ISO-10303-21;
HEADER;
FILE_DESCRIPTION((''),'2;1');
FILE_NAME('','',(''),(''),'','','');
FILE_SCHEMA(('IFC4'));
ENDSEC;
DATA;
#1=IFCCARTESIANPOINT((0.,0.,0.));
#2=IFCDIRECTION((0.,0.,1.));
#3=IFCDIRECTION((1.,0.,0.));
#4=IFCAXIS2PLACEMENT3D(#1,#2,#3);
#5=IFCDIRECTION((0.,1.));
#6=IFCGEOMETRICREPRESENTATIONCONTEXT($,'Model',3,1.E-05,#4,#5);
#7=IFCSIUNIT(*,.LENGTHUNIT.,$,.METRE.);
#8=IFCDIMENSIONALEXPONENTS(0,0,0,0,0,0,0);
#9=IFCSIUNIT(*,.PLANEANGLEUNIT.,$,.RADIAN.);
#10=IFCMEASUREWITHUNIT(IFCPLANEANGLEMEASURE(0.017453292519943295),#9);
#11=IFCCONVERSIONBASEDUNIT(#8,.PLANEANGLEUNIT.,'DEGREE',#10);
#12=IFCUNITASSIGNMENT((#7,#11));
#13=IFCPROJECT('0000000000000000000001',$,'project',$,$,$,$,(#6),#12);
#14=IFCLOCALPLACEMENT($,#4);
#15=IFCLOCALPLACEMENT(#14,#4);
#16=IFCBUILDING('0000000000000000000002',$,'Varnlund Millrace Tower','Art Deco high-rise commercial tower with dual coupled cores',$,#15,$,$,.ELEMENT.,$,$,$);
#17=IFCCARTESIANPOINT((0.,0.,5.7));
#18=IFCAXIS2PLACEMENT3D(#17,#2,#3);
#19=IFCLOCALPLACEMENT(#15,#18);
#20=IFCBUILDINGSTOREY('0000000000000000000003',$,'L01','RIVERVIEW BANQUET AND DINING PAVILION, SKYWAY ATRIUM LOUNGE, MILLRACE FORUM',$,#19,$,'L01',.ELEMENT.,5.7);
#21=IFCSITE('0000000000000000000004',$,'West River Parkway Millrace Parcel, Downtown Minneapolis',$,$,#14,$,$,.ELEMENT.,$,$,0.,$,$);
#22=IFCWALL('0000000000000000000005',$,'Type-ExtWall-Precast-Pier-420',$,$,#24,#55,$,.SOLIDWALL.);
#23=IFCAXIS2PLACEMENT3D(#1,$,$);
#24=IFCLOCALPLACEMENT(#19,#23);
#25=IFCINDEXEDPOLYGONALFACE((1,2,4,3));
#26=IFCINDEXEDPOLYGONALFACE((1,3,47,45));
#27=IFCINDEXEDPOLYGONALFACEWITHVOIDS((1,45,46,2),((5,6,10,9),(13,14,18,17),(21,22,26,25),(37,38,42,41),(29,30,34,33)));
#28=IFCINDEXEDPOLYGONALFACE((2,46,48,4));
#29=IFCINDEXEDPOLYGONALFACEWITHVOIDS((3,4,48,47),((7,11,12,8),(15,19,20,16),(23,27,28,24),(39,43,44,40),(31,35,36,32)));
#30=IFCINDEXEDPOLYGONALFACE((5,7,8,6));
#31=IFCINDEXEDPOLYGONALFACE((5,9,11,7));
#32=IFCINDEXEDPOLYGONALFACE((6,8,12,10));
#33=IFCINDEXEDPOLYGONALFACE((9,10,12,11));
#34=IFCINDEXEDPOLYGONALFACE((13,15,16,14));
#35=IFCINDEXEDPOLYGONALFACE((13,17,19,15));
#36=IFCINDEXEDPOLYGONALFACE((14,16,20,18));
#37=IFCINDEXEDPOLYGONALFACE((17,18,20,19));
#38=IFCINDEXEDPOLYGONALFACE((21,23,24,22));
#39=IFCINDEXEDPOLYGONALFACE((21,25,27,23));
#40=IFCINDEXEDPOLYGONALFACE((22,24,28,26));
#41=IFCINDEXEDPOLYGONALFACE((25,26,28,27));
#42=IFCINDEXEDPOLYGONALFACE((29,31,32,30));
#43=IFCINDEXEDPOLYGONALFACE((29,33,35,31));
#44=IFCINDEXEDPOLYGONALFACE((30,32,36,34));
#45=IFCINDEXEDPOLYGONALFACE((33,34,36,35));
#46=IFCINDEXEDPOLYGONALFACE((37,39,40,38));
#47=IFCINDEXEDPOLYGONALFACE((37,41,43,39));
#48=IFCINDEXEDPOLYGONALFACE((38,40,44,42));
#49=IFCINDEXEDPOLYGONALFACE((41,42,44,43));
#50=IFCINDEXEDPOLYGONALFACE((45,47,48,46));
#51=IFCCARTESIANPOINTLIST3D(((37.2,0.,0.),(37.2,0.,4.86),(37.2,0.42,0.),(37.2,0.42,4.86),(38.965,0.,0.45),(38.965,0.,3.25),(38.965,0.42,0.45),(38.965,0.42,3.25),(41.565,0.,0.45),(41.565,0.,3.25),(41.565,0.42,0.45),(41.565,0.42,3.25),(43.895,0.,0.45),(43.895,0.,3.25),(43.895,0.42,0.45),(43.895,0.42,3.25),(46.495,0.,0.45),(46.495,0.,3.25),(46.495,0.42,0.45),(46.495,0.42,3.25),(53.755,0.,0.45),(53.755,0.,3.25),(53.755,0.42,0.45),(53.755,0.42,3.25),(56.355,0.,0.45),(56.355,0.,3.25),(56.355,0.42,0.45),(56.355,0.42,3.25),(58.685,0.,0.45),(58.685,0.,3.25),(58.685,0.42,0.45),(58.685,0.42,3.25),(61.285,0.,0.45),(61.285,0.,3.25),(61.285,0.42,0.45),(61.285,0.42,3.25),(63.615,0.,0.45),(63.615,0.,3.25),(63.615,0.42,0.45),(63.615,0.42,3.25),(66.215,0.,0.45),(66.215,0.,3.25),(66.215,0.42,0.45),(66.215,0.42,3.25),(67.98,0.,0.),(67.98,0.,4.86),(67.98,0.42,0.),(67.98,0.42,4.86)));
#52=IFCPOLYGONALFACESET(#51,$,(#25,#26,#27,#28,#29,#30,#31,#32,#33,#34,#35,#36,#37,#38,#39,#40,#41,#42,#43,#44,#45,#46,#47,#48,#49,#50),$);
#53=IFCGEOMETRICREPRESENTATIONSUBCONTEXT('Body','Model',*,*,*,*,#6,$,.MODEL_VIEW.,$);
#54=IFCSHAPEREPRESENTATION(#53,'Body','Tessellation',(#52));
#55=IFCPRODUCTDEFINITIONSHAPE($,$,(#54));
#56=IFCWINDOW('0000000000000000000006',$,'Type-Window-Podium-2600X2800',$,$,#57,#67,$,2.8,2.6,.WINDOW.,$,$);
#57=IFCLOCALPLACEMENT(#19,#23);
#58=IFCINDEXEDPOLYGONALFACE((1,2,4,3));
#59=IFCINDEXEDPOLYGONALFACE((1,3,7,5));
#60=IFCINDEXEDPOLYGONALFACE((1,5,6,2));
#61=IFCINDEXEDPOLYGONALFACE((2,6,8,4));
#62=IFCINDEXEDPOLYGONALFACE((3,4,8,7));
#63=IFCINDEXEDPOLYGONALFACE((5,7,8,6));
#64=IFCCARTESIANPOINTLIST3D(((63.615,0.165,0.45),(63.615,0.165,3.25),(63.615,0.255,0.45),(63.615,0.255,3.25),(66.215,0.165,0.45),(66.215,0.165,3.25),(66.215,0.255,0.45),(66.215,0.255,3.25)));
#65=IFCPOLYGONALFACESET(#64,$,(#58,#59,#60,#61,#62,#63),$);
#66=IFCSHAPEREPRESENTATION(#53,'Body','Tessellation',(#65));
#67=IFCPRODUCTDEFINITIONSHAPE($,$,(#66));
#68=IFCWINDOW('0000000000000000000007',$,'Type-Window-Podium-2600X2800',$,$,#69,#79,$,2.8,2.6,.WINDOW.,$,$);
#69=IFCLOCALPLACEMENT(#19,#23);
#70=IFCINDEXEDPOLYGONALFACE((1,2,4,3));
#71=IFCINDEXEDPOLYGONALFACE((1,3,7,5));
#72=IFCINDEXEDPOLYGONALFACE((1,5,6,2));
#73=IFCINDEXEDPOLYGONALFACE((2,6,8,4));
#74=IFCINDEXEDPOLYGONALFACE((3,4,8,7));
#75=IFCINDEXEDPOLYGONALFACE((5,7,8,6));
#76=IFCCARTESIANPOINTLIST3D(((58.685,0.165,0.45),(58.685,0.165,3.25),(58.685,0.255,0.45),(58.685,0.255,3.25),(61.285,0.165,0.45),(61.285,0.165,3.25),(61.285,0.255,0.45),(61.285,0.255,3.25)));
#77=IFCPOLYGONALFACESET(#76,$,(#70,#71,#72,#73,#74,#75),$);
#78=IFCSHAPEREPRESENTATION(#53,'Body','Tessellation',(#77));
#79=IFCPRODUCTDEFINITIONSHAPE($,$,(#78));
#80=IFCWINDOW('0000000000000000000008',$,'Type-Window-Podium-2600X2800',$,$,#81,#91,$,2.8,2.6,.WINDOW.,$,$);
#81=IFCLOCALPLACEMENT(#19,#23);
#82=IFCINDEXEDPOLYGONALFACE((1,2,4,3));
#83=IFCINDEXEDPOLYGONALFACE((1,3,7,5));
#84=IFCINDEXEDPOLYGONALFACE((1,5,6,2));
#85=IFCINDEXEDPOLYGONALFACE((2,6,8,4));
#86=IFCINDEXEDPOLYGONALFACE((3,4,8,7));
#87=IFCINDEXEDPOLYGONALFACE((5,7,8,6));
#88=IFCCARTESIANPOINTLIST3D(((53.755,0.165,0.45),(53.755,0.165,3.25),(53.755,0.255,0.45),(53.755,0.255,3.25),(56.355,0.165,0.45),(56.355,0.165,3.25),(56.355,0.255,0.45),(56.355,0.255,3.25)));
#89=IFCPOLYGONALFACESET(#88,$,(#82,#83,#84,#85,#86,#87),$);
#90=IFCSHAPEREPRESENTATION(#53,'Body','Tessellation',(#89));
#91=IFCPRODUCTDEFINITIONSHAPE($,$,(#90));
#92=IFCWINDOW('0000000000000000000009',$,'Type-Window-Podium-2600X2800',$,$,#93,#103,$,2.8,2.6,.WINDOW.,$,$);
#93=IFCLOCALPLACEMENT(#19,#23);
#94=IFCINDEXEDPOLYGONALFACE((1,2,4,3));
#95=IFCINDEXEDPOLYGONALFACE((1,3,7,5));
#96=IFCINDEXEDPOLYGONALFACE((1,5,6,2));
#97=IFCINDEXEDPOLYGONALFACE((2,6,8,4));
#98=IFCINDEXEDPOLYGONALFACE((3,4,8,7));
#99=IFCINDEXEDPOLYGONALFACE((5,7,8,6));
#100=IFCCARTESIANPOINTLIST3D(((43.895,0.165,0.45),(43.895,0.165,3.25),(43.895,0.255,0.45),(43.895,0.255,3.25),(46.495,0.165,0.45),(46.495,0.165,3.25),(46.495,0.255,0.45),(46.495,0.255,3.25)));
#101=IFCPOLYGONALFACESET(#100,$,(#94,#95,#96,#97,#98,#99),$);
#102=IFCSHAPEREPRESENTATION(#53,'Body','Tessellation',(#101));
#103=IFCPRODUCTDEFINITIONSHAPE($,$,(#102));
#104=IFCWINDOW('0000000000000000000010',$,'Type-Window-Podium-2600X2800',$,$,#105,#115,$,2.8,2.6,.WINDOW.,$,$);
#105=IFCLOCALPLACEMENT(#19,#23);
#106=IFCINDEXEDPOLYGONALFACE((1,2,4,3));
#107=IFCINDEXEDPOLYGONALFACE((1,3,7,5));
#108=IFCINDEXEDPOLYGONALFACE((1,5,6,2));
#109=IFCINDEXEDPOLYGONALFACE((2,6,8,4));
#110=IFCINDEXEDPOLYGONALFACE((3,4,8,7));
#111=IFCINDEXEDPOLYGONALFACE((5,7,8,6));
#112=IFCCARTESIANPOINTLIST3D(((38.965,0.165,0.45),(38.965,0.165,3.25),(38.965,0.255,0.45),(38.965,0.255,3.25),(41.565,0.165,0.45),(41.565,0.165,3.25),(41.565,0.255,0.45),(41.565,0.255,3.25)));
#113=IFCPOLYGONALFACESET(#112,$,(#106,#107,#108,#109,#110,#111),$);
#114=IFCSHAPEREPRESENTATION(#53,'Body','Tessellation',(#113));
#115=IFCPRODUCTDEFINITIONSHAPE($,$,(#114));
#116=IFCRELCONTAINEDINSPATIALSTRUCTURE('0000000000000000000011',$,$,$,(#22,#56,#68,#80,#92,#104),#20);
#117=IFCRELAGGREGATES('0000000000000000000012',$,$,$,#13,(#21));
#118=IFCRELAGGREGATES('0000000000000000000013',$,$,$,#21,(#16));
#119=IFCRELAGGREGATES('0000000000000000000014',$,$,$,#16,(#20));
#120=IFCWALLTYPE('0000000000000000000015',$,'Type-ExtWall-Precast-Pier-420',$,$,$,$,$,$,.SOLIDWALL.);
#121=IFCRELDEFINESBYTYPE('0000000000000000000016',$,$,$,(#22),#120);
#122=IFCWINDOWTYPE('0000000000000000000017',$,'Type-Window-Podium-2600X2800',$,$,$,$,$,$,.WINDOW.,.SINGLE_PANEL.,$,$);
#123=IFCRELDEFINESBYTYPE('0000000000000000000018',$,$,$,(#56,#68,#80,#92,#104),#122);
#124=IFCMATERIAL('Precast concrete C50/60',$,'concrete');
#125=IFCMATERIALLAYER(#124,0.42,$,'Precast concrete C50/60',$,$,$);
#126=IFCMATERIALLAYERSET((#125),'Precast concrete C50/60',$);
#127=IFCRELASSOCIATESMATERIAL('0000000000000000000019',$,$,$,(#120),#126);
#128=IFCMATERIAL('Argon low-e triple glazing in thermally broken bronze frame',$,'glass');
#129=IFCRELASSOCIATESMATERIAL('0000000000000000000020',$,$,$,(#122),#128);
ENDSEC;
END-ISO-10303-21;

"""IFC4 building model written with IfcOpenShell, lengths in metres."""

from ifc_helpers import new_model, entity, si_unit, converted_unit, direction, frame, origin_with_axes, origin_2d_with_axis, place, context, subcontext, project, spatial, polyline, rectangle, outline, extrude, material, layer, layer_set, type_object, element, fill, save


model = new_model("IFC4")

# Units and contexts
model_context = context("Model", 3, precision=1e-05, world=origin_with_axes(), true_north=direction((0.0, 1.0)))
body_context = subcontext(model_context, "Body", "Model", "MODEL_VIEW")
ifc_project = project(units=[si_unit("LENGTHUNIT", "METRE"), converted_unit("PLANEANGLEUNIT", "DEGREE", entity("IfcPlaneAngleMeasure", 0.017453292519943295), si_unit("PLANEANGLEUNIT", "RADIAN"), dimensions=[0, 0, 0, 0, 0, 0, 0])], contexts=[model_context])

# Site, building, storey
site_placement = place(None, origin_with_axes())
site = spatial("IfcSite", under=ifc_project, at=site_placement, Name="West River Parkway Millrace Parcel, Downtown Minneapolis", CompositionType="ELEMENT", RefElevation=0.0)
building_placement = place(site_placement, origin_with_axes())
building = spatial("IfcBuilding", under=site, at=building_placement, Name="Varnlund Millrace Tower", Description="Art Deco high-rise commercial tower with dual coupled cores", CompositionType="ELEMENT")
storey_placement = place(building_placement, frame((0.0, 0.0, 5.7), z_axis=(0.0, 0.0, 1.0), x_axis=(1.0, 0.0, 0.0)))
storey = spatial("IfcBuildingStorey", under=building, at=storey_placement, Name="L01", Description="RIVERVIEW BANQUET AND DINING PAVILION, SKYWAY ATRIUM LOUNGE, MILLRACE FORUM", LongName="L01", CompositionType="ELEMENT", Elevation=5.7)

# Wall, openings, windows
ifc_material_1 = material(Name="Precast concrete C50/60", Category="concrete")
ifc_layer_1 = layer(ifc_material_1, 0.42, Name="Precast concrete C50/60")
ifc_layer_set_1 = layer_set([ifc_layer_1], Name="Precast concrete C50/60")
wall_type = type_object("IfcWallType", Name="Type-ExtWall-Precast-Pier-420", PredefinedType="SOLIDWALL", material=ifc_layer_set_1)
wall_1_placement = place(storey_placement, frame((67.98, 0.21, 0.0), z_axis=(0.0, 0.0, 1.0), x_axis=(-1.0, 0.0, 0.0)))
wall_1 = element("IfcWall", 1, at=wall_1_placement, inside=storey, type_object=wall_type, Name="Type-ExtWall-Precast-Pier-420", PredefinedType="SOLIDWALL", context=body_context, shape_type="SweptSolid", body=[
    extrude(outline(polyline([(0.0, -0.21), (30.78, -0.21), (30.78, 0.21), (0.0, 0.21), (0.0, -0.21)])), origin_with_axes(), (0.0, 0.0, 1.0), 4.86),
])
opening_1_placement = place(wall_1_placement, frame((3.065, 0.0, 0.45), z_axis=(0.0, 0.0, 1.0), x_axis=(1.0, 0.0, 0.0)))
opening_1 = element("IfcOpeningElement", 2, at=opening_1_placement, cuts=wall_1, PredefinedType="OPENING", context=body_context, shape_type="SweptSolid", body=[
    extrude(rectangle(XDim=2.6, YDim=0.44, at=origin_2d_with_axis()), origin_with_axes(), (0.0, 0.0, 1.0), 2.8),
])
opening_2_placement = place(wall_1_placement, frame((7.995, 0.0, 0.45), z_axis=(0.0, 0.0, 1.0), x_axis=(1.0, 0.0, 0.0)))
opening_2 = element("IfcOpeningElement", 3, at=opening_2_placement, cuts=wall_1, PredefinedType="OPENING", context=body_context, shape_type="SweptSolid", body=[
    extrude(rectangle(XDim=2.6, YDim=0.44, at=origin_2d_with_axis()), origin_with_axes(), (0.0, 0.0, 1.0), 2.8),
])
opening_3_placement = place(wall_1_placement, frame((12.925, 0.0, 0.45), z_axis=(0.0, 0.0, 1.0), x_axis=(1.0, 0.0, 0.0)))
opening_3 = element("IfcOpeningElement", 4, at=opening_3_placement, cuts=wall_1, PredefinedType="OPENING", context=body_context, shape_type="SweptSolid", body=[
    extrude(rectangle(XDim=2.6, YDim=0.44, at=origin_2d_with_axis()), origin_with_axes(), (0.0, 0.0, 1.0), 2.8),
])
opening_4_placement = place(wall_1_placement, frame((22.785, 0.0, 0.45), z_axis=(0.0, 0.0, 1.0), x_axis=(1.0, 0.0, 0.0)))
opening_4 = element("IfcOpeningElement", 5, at=opening_4_placement, cuts=wall_1, PredefinedType="OPENING", context=body_context, shape_type="SweptSolid", body=[
    extrude(rectangle(XDim=2.6, YDim=0.44, at=origin_2d_with_axis()), origin_with_axes(), (0.0, 0.0, 1.0), 2.8),
])
opening_5_placement = place(wall_1_placement, frame((27.715, 0.0, 0.45), z_axis=(0.0, 0.0, 1.0), x_axis=(1.0, 0.0, 0.0)))
opening_5 = element("IfcOpeningElement", 6, at=opening_5_placement, cuts=wall_1, PredefinedType="OPENING", context=body_context, shape_type="SweptSolid", body=[
    extrude(rectangle(XDim=2.6, YDim=0.44, at=origin_2d_with_axis()), origin_with_axes(), (0.0, 0.0, 1.0), 2.8),
])
ifc_material_2 = material(Name="Argon low-e triple glazing in thermally broken bronze frame", Category="glass")
window_type = type_object("IfcWindowType", Name="Type-Window-Podium-2600X2800", PartitioningType="SINGLE_PANEL", PredefinedType="WINDOW", material=ifc_material_2)
window_1_placement = place(wall_1_placement, frame((3.065, 0.0, 0.45), z_axis=(0.0, 0.0, 1.0), x_axis=(1.0, 0.0, 0.0)))
window_1 = element("IfcWindow", 7, at=window_1_placement, inside=storey, type_object=window_type, Name="Type-Window-Podium-2600X2800", OverallHeight=2.8, OverallWidth=2.6, PredefinedType="WINDOW", context=body_context, shape_type="SweptSolid", body=[
    extrude(rectangle(XDim=2.6, YDim=0.09, at=origin_2d_with_axis()), origin_with_axes(), (0.0, 0.0, 1.0), 2.8),
])
fill(opening_1, window_1)
window_2_placement = place(wall_1_placement, frame((7.995, 0.0, 0.45), z_axis=(0.0, 0.0, 1.0), x_axis=(1.0, 0.0, 0.0)))
window_2 = element("IfcWindow", 8, at=window_2_placement, inside=storey, type_object=window_type, Name="Type-Window-Podium-2600X2800", OverallHeight=2.8, OverallWidth=2.6, PredefinedType="WINDOW", context=body_context, shape_type="SweptSolid", body=[
    extrude(rectangle(XDim=2.6, YDim=0.09, at=origin_2d_with_axis()), origin_with_axes(), (0.0, 0.0, 1.0), 2.8),
])
fill(opening_2, window_2)
window_3_placement = place(wall_1_placement, frame((12.925, 0.0, 0.45), z_axis=(0.0, 0.0, 1.0), x_axis=(1.0, 0.0, 0.0)))
window_3 = element("IfcWindow", 9, at=window_3_placement, inside=storey, type_object=window_type, Name="Type-Window-Podium-2600X2800", OverallHeight=2.8, OverallWidth=2.6, PredefinedType="WINDOW", context=body_context, shape_type="SweptSolid", body=[
    extrude(rectangle(XDim=2.6, YDim=0.09, at=origin_2d_with_axis()), origin_with_axes(), (0.0, 0.0, 1.0), 2.8),
])
fill(opening_3, window_3)
window_4_placement = place(wall_1_placement, frame((22.785, 0.0, 0.45), z_axis=(0.0, 0.0, 1.0), x_axis=(1.0, 0.0, 0.0)))
window_4 = element("IfcWindow", 10, at=window_4_placement, inside=storey, type_object=window_type, Name="Type-Window-Podium-2600X2800", OverallHeight=2.8, OverallWidth=2.6, PredefinedType="WINDOW", context=body_context, shape_type="SweptSolid", body=[
    extrude(rectangle(XDim=2.6, YDim=0.09, at=origin_2d_with_axis()), origin_with_axes(), (0.0, 0.0, 1.0), 2.8),
])
fill(opening_4, window_4)
window_5_placement = place(wall_1_placement, frame((27.715, 0.0, 0.45), z_axis=(0.0, 0.0, 1.0), x_axis=(1.0, 0.0, 0.0)))
window_5 = element("IfcWindow", 11, at=window_5_placement, inside=storey, type_object=window_type, Name="Type-Window-Podium-2600X2800", OverallHeight=2.8, OverallWidth=2.6, PredefinedType="WINDOW", context=body_context, shape_type="SweptSolid", body=[
    extrude(rectangle(XDim=2.6, YDim=0.09, at=origin_2d_with_axis()), origin_with_axes(), (0.0, 0.0, 1.0), 2.8),
])
fill(opening_5, window_5)

save(model, "model.ifc")
